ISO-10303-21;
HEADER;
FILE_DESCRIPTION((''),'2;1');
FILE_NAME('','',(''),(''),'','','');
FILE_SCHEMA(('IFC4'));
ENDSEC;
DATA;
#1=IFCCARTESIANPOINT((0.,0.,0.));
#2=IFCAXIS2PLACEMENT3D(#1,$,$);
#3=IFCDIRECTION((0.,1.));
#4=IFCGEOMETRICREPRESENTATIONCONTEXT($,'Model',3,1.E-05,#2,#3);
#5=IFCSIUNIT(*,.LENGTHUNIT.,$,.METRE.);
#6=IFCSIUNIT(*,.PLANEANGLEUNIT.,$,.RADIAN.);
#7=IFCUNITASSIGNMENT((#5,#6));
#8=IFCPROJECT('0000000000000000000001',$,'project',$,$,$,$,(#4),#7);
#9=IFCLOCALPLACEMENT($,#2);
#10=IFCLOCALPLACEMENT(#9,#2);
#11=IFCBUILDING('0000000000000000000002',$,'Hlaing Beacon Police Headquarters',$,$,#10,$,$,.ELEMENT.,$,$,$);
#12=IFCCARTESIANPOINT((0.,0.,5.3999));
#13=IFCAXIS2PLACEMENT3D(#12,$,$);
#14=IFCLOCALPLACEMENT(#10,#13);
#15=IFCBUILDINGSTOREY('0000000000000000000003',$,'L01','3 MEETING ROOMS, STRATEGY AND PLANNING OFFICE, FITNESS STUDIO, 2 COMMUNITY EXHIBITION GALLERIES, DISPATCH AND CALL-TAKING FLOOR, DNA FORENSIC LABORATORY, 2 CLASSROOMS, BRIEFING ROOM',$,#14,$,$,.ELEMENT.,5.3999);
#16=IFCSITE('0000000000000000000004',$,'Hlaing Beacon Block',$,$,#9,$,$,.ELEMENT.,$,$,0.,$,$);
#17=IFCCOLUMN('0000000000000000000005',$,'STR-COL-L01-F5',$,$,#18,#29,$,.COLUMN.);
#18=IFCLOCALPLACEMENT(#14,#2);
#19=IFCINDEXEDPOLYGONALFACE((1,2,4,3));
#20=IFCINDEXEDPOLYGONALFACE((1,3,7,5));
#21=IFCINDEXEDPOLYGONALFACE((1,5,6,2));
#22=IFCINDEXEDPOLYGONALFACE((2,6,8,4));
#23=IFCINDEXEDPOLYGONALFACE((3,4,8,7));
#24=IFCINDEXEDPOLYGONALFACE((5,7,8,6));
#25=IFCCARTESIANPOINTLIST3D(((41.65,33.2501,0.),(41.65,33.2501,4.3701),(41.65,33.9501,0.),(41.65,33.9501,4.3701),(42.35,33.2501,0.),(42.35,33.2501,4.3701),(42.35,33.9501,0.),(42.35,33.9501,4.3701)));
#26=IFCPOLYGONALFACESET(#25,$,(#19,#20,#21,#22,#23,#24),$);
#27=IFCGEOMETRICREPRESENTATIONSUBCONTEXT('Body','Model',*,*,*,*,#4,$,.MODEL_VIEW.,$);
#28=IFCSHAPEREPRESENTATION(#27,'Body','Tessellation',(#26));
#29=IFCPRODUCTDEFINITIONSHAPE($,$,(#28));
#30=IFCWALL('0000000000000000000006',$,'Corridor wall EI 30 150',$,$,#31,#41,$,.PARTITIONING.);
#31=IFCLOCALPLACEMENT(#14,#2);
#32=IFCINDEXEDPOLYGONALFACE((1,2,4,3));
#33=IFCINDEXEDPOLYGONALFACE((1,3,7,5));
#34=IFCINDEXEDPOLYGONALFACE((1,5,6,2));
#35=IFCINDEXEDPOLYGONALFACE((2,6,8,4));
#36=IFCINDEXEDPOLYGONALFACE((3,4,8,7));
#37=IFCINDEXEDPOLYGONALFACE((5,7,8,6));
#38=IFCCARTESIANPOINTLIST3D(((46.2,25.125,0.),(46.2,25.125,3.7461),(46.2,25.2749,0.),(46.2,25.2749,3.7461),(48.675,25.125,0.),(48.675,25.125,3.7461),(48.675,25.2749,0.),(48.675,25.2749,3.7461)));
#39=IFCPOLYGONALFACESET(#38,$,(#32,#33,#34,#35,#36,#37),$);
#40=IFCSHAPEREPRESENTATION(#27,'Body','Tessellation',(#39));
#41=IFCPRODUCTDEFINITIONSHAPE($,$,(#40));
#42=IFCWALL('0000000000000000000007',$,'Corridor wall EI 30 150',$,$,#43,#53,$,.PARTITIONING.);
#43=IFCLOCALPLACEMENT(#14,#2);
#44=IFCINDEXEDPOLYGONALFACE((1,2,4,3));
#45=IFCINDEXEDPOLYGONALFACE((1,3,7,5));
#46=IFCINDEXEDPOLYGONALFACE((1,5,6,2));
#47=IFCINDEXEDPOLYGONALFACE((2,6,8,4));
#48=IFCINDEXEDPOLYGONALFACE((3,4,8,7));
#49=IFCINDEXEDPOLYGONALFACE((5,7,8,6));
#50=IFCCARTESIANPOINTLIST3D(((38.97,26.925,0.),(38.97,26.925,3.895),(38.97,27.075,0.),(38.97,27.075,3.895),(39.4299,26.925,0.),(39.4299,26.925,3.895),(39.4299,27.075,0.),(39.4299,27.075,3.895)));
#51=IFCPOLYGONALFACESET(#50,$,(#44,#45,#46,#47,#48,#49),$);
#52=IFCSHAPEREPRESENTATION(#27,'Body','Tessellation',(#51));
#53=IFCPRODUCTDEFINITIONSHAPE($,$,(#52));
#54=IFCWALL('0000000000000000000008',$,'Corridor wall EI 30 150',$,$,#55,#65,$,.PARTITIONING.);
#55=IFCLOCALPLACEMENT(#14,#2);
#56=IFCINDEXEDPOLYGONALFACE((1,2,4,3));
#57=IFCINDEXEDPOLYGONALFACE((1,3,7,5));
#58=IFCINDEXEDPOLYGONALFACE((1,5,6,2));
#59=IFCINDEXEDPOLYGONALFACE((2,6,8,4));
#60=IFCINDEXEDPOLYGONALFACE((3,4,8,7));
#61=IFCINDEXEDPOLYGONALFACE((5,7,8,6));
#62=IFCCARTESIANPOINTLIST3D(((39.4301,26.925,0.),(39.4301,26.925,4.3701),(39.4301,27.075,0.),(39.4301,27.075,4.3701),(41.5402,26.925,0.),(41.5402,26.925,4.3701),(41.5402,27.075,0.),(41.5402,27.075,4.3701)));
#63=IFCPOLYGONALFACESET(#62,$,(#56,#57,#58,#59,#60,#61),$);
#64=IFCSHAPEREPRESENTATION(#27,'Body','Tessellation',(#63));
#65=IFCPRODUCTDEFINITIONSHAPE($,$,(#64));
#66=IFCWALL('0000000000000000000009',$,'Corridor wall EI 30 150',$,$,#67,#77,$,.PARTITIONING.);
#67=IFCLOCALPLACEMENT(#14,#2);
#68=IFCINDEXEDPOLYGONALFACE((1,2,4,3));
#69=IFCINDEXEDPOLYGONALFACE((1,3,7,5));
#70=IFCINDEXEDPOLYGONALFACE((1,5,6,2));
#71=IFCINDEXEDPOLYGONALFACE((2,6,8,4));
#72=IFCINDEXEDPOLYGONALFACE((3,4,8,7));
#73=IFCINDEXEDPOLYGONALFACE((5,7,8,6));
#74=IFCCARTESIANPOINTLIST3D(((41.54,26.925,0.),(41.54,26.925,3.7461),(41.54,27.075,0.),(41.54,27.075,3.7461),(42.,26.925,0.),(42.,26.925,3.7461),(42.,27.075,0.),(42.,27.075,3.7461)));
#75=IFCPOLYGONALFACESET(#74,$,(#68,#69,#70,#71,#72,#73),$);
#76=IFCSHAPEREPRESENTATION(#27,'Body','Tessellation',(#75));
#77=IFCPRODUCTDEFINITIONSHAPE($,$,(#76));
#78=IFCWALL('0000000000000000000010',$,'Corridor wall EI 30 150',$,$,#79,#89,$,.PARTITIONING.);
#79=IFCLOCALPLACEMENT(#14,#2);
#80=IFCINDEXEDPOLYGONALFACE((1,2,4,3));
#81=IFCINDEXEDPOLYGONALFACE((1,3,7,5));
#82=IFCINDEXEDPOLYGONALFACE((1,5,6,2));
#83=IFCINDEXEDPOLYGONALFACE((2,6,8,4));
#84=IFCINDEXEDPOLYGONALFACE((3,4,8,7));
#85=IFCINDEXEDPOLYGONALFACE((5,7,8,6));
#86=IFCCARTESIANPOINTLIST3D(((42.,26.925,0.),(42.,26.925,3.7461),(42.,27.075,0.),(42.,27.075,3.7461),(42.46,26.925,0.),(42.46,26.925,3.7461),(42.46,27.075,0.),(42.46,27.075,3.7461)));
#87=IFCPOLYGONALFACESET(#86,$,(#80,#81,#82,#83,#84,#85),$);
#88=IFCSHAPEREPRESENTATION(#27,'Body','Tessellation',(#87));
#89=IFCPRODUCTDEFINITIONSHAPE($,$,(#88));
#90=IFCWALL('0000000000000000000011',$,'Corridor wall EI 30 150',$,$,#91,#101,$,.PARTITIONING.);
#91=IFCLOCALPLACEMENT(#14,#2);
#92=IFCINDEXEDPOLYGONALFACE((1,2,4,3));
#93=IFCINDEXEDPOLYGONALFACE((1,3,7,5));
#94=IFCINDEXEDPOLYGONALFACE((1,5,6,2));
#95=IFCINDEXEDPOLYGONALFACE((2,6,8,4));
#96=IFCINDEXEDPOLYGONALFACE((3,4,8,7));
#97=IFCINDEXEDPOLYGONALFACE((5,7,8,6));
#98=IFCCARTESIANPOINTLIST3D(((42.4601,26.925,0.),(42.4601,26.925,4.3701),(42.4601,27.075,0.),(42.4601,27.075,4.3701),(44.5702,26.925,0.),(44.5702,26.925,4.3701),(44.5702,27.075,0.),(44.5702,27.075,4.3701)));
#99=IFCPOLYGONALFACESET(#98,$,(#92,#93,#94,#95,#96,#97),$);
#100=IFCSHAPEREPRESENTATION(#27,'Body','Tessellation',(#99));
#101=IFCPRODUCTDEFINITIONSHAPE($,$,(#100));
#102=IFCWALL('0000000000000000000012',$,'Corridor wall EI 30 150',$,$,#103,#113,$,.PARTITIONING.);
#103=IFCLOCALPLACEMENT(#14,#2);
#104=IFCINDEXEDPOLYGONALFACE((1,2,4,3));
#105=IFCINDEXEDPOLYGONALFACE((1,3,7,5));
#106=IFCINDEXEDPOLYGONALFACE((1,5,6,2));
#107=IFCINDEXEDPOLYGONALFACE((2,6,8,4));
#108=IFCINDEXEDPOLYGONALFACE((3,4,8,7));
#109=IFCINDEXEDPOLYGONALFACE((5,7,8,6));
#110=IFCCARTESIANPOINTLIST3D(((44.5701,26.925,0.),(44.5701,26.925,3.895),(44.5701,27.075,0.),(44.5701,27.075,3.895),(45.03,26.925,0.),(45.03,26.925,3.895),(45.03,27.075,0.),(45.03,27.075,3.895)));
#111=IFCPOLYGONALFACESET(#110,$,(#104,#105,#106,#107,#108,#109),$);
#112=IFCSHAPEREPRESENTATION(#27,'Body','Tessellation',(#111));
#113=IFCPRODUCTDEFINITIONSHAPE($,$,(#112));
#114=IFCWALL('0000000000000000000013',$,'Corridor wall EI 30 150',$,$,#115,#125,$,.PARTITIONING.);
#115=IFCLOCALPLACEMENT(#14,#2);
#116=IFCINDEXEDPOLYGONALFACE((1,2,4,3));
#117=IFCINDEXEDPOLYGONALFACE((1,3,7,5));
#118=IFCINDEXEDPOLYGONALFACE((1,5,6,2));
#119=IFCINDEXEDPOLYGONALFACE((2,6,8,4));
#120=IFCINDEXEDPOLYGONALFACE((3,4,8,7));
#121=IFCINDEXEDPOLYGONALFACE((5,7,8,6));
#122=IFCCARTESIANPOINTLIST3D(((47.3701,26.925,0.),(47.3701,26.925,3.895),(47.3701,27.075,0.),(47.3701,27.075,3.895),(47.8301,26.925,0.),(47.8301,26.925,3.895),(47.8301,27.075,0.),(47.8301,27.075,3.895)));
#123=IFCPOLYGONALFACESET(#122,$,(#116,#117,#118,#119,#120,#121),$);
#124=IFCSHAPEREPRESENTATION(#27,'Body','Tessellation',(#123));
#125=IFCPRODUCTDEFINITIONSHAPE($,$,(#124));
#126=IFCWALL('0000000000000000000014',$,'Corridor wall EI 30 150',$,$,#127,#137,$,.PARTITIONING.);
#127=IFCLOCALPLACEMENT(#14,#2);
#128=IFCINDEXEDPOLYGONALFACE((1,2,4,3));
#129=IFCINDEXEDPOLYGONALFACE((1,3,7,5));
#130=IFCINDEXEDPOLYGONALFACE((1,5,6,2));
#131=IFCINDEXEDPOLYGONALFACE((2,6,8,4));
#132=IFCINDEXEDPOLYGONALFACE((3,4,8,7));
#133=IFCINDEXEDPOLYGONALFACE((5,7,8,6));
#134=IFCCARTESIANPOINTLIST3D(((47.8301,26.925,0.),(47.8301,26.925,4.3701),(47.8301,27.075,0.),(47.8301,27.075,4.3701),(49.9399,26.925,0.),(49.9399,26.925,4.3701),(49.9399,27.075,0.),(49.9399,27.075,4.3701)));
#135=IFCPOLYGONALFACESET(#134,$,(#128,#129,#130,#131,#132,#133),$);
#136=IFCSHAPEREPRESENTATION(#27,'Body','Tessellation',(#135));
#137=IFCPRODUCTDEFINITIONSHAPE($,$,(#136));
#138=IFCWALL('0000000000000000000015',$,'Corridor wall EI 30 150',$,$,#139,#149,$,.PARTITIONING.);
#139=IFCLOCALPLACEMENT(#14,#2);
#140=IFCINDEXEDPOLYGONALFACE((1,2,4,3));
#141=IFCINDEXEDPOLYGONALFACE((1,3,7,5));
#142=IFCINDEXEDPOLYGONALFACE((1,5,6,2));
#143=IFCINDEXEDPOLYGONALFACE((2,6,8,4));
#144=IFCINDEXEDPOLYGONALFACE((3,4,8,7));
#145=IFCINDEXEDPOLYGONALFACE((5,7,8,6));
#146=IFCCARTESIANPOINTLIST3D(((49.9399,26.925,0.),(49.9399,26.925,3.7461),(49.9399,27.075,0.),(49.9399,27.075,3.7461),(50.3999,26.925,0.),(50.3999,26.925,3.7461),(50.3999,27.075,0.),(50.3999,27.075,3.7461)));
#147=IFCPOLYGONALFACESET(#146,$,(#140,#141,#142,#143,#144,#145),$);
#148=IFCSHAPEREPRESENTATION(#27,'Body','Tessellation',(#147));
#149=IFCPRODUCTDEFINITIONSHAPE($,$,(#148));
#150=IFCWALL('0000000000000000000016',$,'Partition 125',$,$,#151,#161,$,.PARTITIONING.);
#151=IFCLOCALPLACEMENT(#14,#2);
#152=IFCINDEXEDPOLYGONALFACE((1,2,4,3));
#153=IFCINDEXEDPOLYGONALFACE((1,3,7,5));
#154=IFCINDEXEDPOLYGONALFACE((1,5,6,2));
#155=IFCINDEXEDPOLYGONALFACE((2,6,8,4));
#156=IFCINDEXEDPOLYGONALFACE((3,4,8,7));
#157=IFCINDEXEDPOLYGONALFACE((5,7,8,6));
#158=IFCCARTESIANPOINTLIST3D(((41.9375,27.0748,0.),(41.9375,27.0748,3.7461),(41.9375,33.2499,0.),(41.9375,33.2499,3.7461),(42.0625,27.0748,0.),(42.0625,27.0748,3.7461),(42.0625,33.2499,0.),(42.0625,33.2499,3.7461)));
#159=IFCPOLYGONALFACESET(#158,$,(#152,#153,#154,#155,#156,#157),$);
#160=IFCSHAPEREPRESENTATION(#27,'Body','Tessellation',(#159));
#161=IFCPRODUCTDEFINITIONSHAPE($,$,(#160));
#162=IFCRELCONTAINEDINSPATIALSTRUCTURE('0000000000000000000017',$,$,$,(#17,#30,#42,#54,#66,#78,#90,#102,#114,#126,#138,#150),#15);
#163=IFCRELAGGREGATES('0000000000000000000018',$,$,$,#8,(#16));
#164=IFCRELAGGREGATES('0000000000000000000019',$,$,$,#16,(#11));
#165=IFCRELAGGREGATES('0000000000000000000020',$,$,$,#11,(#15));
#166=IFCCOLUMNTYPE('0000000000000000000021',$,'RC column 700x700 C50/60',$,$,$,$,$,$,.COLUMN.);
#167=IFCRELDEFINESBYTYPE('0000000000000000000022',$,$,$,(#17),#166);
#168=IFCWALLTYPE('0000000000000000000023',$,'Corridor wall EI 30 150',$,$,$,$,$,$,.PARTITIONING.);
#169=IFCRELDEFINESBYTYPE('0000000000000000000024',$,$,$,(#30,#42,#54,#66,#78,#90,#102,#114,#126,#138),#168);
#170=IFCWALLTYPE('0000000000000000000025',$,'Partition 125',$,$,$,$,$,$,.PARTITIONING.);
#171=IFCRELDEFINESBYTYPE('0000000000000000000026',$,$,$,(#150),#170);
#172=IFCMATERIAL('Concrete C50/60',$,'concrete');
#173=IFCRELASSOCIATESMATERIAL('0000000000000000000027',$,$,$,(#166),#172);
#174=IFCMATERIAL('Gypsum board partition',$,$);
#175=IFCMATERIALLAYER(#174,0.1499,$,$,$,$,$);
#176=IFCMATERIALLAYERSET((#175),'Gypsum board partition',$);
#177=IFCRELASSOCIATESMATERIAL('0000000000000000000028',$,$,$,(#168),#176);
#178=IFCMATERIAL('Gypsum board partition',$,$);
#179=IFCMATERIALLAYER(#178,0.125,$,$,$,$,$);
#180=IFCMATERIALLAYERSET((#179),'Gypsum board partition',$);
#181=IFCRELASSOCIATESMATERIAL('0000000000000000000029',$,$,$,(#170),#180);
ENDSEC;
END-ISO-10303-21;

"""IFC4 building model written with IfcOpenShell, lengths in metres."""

from ifc_helpers import new_model, si_unit, direction, frame, frame_2d, origin, origin_2d, place, context, subcontext, project, spatial, rectangle, extrude, material, layer, layer_set, material_profile, profile_set, type_object, element, save


model = new_model("IFC4")

# Units and contexts
model_context = context("Model", 3, precision=1e-05, world=origin(), true_north=direction((0.0, 1.0)))
body_context = subcontext(model_context, "Body", "Model", "MODEL_VIEW")
ifc_project = project(units=[si_unit("LENGTHUNIT", "METRE"), si_unit("PLANEANGLEUNIT", "RADIAN")], contexts=[model_context])

# Site, building, storey
site_placement = place(None, origin())
site = spatial("IfcSite", under=ifc_project, at=site_placement, Name="Hlaing Beacon Block", CompositionType="ELEMENT", RefElevation=0.0)
building_placement = place(site_placement, origin())
building = spatial("IfcBuilding", under=site, at=building_placement, Name="Hlaing Beacon Police Headquarters", CompositionType="ELEMENT")
storey_placement = place(building_placement, frame((0.0, 0.0, 5.3999)))
storey = spatial("IfcBuildingStorey", under=building, at=storey_placement, Name="L01", Description="3 MEETING ROOMS, STRATEGY AND PLANNING OFFICE, FITNESS STUDIO, 2 COMMUNITY EXHIBITION GALLERIES, DISPATCH AND CALL-TAKING FLOOR, DNA FORENSIC LABORATORY, 2 CLASSROOMS, BRIEFING ROOM", CompositionType="ELEMENT", Elevation=5.3999)

# Column
ifc_material_1 = material(Name="Concrete C50/60", Category="concrete")
ifc_material_profile = material_profile(ifc_material_1, rectangle(XDim=0.7, YDim=0.7, at=origin_2d()), Name="700x700")
ifc_profile_set = profile_set([ifc_material_profile], Name="Concrete C50/60")
column_type = type_object("IfcColumnType", Name="RC column 700x700 C50/60", PredefinedType="COLUMN", material=ifc_profile_set)
column_placement = place(storey_placement, frame((42.0, 33.6001, 0.0), z_axis=(0.0, 0.0, 1.0), x_axis=(1.0, 0.0, 0.0)))
element("IfcColumn", 1, at=column_placement, inside=storey, type_object=column_type, Name="STR-COL-L01-F5", PredefinedType="COLUMN", context=body_context, shape_type="SweptSolid", body=[
    extrude(rectangle(XDim=0.7, YDim=0.7, at=origin_2d()), origin(), (0.0, 0.0, 1.0), 4.3701),
])

# Walls
ifc_material_2 = material(Name="Gypsum board partition")
ifc_layer_1 = layer(ifc_material_2, 0.1499)
ifc_layer_set_1 = layer_set([ifc_layer_1], Name="Gypsum board partition")
wall_type_1 = type_object("IfcWallType", Name="Corridor wall EI 30 150", PredefinedType="PARTITIONING", material=ifc_layer_set_1)
wall_1_placement = place(storey_placement, frame((46.2, 25.2, 0.0), z_axis=(0.0, 0.0, 1.0), x_axis=(1.0, 0.0, 0.0)))
element("IfcWall", 2, at=wall_1_placement, inside=storey, type_object=wall_type_1, Name="Corridor wall EI 30 150", PredefinedType="PARTITIONING", context=body_context, shape_type="SweptSolid", body=[
    extrude(rectangle(XDim=2.4751, YDim=0.1499, at=frame_2d((1.2375, 0.0))), origin(), (0.0, 0.0, 1.0), 3.7461),
])
wall_2_placement = place(storey_placement, frame((38.97, 27.0, 0.0), z_axis=(0.0, 0.0, 1.0), x_axis=(1.0, 0.0, 0.0)))
element("IfcWall", 3, at=wall_2_placement, inside=storey, type_object=wall_type_1, Name="Corridor wall EI 30 150", PredefinedType="PARTITIONING", context=body_context, shape_type="SweptSolid", body=[
    extrude(rectangle(XDim=0.46, YDim=0.1499, at=frame_2d((0.23, 0.0))), origin(), (0.0, 0.0, 1.0), 3.895),
])
wall_3_placement = place(storey_placement, frame((39.4299, 27.0, 0.0), z_axis=(0.0, 0.0, 1.0), x_axis=(1.0, 0.0, 0.0)))
element("IfcWall", 4, at=wall_3_placement, inside=storey, type_object=wall_type_1, Name="Corridor wall EI 30 150", PredefinedType="PARTITIONING", context=body_context, shape_type="SweptSolid", body=[
    extrude(rectangle(XDim=2.1101, YDim=0.1499, at=frame_2d((1.0552, 0.0))), origin(), (0.0, 0.0, 1.0), 4.3701),
])
for number, where, z_axis, x_axis, name in (
    (5, (41.54, 27.0, 0.0), (0.0, 0.0, 1.0), (1.0, 0.0, 0.0), "Corridor wall EI 30 150"),
    (6, (42.0, 27.0, 0.0), (0.0, 0.0, 1.0), (1.0, 0.0, 0.0), "Corridor wall EI 30 150"),
):
    element("IfcWall", number, at=place(storey_placement, frame(where, z_axis=z_axis, x_axis=x_axis)), inside=storey, type_object=wall_type_1, Name=name, PredefinedType="PARTITIONING", context=body_context, shape_type="SweptSolid", body=[
        extrude(rectangle(XDim=0.46, YDim=0.1499, at=frame_2d((0.23, 0.0))), origin(), (0.0, 0.0, 1.0), 3.7461),
    ])
wall_4_placement = place(storey_placement, frame((42.46, 27.0, 0.0), z_axis=(0.0, 0.0, 1.0), x_axis=(1.0, 0.0, 0.0)))
element("IfcWall", 7, at=wall_4_placement, inside=storey, type_object=wall_type_1, Name="Corridor wall EI 30 150", PredefinedType="PARTITIONING", context=body_context, shape_type="SweptSolid", body=[
    extrude(rectangle(XDim=2.1101, YDim=0.1499, at=frame_2d((1.0552, 0.0))), origin(), (0.0, 0.0, 1.0), 4.3701),
])
wall_5_placement = place(storey_placement, frame((44.5701, 27.0, 0.0), z_axis=(0.0, 0.0, 1.0), x_axis=(1.0, 0.0, 0.0)))
element("IfcWall", 8, at=wall_5_placement, inside=storey, type_object=wall_type_1, Name="Corridor wall EI 30 150", PredefinedType="PARTITIONING", context=body_context, shape_type="SweptSolid", body=[
    extrude(rectangle(XDim=0.46, YDim=0.1499, at=frame_2d((0.23, 0.0))), origin(), (0.0, 0.0, 1.0), 3.895),
])

# Walls
wall_6_placement = place(storey_placement, frame((47.3701, 27.0, 0.0), z_axis=(0.0, 0.0, 1.0), x_axis=(1.0, 0.0, 0.0)))
element("IfcWall", 9, at=wall_6_placement, inside=storey, type_object=wall_type_1, Name="Corridor wall EI 30 150", PredefinedType="PARTITIONING", context=body_context, shape_type="SweptSolid", body=[
    extrude(rectangle(XDim=0.46, YDim=0.1499, at=frame_2d((0.23, 0.0))), origin(), (0.0, 0.0, 1.0), 3.895),
])
wall_7_placement = place(storey_placement, frame((47.8301, 27.0, 0.0), z_axis=(0.0, 0.0, 1.0), x_axis=(1.0, 0.0, 0.0)))
element("IfcWall", 10, at=wall_7_placement, inside=storey, type_object=wall_type_1, Name="Corridor wall EI 30 150", PredefinedType="PARTITIONING", context=body_context, shape_type="SweptSolid", body=[
    extrude(rectangle(XDim=2.1099, YDim=0.1499, at=frame_2d((1.0549, 0.0))), origin(), (0.0, 0.0, 1.0), 4.3701),
])
wall_8_placement = place(storey_placement, frame((49.9399, 27.0, 0.0), z_axis=(0.0, 0.0, 1.0), x_axis=(1.0, 0.0, 0.0)))
element("IfcWall", 11, at=wall_8_placement, inside=storey, type_object=wall_type_1, Name="Corridor wall EI 30 150", PredefinedType="PARTITIONING", context=body_context, shape_type="SweptSolid", body=[
    extrude(rectangle(XDim=0.46, YDim=0.1499, at=frame_2d((0.23, 0.0))), origin(), (0.0, 0.0, 1.0), 3.7461),
])
ifc_material_3 = material(Name="Gypsum board partition")
ifc_layer_2 = layer(ifc_material_3, 0.125)
ifc_layer_set_2 = layer_set([ifc_layer_2], Name="Gypsum board partition")
wall_type_2 = type_object("IfcWallType", Name="Partition 125", PredefinedType="PARTITIONING", material=ifc_layer_set_2)
wall_9_placement = place(storey_placement, frame((42.0, 27.075, 0.0), z_axis=(0.0, 0.0, 1.0), x_axis=(0.0, 1.0, 0.0)))
element("IfcWall", 12, at=wall_9_placement, inside=storey, type_object=wall_type_2, Name="Partition 125", PredefinedType="PARTITIONING", context=body_context, shape_type="SweptSolid", body=[
    extrude(rectangle(XDim=6.175, YDim=0.125, at=frame_2d((3.0874, 0.0))), origin(), (0.0, 0.0, 1.0), 3.7461),
])

save(model, "model.ifc")
